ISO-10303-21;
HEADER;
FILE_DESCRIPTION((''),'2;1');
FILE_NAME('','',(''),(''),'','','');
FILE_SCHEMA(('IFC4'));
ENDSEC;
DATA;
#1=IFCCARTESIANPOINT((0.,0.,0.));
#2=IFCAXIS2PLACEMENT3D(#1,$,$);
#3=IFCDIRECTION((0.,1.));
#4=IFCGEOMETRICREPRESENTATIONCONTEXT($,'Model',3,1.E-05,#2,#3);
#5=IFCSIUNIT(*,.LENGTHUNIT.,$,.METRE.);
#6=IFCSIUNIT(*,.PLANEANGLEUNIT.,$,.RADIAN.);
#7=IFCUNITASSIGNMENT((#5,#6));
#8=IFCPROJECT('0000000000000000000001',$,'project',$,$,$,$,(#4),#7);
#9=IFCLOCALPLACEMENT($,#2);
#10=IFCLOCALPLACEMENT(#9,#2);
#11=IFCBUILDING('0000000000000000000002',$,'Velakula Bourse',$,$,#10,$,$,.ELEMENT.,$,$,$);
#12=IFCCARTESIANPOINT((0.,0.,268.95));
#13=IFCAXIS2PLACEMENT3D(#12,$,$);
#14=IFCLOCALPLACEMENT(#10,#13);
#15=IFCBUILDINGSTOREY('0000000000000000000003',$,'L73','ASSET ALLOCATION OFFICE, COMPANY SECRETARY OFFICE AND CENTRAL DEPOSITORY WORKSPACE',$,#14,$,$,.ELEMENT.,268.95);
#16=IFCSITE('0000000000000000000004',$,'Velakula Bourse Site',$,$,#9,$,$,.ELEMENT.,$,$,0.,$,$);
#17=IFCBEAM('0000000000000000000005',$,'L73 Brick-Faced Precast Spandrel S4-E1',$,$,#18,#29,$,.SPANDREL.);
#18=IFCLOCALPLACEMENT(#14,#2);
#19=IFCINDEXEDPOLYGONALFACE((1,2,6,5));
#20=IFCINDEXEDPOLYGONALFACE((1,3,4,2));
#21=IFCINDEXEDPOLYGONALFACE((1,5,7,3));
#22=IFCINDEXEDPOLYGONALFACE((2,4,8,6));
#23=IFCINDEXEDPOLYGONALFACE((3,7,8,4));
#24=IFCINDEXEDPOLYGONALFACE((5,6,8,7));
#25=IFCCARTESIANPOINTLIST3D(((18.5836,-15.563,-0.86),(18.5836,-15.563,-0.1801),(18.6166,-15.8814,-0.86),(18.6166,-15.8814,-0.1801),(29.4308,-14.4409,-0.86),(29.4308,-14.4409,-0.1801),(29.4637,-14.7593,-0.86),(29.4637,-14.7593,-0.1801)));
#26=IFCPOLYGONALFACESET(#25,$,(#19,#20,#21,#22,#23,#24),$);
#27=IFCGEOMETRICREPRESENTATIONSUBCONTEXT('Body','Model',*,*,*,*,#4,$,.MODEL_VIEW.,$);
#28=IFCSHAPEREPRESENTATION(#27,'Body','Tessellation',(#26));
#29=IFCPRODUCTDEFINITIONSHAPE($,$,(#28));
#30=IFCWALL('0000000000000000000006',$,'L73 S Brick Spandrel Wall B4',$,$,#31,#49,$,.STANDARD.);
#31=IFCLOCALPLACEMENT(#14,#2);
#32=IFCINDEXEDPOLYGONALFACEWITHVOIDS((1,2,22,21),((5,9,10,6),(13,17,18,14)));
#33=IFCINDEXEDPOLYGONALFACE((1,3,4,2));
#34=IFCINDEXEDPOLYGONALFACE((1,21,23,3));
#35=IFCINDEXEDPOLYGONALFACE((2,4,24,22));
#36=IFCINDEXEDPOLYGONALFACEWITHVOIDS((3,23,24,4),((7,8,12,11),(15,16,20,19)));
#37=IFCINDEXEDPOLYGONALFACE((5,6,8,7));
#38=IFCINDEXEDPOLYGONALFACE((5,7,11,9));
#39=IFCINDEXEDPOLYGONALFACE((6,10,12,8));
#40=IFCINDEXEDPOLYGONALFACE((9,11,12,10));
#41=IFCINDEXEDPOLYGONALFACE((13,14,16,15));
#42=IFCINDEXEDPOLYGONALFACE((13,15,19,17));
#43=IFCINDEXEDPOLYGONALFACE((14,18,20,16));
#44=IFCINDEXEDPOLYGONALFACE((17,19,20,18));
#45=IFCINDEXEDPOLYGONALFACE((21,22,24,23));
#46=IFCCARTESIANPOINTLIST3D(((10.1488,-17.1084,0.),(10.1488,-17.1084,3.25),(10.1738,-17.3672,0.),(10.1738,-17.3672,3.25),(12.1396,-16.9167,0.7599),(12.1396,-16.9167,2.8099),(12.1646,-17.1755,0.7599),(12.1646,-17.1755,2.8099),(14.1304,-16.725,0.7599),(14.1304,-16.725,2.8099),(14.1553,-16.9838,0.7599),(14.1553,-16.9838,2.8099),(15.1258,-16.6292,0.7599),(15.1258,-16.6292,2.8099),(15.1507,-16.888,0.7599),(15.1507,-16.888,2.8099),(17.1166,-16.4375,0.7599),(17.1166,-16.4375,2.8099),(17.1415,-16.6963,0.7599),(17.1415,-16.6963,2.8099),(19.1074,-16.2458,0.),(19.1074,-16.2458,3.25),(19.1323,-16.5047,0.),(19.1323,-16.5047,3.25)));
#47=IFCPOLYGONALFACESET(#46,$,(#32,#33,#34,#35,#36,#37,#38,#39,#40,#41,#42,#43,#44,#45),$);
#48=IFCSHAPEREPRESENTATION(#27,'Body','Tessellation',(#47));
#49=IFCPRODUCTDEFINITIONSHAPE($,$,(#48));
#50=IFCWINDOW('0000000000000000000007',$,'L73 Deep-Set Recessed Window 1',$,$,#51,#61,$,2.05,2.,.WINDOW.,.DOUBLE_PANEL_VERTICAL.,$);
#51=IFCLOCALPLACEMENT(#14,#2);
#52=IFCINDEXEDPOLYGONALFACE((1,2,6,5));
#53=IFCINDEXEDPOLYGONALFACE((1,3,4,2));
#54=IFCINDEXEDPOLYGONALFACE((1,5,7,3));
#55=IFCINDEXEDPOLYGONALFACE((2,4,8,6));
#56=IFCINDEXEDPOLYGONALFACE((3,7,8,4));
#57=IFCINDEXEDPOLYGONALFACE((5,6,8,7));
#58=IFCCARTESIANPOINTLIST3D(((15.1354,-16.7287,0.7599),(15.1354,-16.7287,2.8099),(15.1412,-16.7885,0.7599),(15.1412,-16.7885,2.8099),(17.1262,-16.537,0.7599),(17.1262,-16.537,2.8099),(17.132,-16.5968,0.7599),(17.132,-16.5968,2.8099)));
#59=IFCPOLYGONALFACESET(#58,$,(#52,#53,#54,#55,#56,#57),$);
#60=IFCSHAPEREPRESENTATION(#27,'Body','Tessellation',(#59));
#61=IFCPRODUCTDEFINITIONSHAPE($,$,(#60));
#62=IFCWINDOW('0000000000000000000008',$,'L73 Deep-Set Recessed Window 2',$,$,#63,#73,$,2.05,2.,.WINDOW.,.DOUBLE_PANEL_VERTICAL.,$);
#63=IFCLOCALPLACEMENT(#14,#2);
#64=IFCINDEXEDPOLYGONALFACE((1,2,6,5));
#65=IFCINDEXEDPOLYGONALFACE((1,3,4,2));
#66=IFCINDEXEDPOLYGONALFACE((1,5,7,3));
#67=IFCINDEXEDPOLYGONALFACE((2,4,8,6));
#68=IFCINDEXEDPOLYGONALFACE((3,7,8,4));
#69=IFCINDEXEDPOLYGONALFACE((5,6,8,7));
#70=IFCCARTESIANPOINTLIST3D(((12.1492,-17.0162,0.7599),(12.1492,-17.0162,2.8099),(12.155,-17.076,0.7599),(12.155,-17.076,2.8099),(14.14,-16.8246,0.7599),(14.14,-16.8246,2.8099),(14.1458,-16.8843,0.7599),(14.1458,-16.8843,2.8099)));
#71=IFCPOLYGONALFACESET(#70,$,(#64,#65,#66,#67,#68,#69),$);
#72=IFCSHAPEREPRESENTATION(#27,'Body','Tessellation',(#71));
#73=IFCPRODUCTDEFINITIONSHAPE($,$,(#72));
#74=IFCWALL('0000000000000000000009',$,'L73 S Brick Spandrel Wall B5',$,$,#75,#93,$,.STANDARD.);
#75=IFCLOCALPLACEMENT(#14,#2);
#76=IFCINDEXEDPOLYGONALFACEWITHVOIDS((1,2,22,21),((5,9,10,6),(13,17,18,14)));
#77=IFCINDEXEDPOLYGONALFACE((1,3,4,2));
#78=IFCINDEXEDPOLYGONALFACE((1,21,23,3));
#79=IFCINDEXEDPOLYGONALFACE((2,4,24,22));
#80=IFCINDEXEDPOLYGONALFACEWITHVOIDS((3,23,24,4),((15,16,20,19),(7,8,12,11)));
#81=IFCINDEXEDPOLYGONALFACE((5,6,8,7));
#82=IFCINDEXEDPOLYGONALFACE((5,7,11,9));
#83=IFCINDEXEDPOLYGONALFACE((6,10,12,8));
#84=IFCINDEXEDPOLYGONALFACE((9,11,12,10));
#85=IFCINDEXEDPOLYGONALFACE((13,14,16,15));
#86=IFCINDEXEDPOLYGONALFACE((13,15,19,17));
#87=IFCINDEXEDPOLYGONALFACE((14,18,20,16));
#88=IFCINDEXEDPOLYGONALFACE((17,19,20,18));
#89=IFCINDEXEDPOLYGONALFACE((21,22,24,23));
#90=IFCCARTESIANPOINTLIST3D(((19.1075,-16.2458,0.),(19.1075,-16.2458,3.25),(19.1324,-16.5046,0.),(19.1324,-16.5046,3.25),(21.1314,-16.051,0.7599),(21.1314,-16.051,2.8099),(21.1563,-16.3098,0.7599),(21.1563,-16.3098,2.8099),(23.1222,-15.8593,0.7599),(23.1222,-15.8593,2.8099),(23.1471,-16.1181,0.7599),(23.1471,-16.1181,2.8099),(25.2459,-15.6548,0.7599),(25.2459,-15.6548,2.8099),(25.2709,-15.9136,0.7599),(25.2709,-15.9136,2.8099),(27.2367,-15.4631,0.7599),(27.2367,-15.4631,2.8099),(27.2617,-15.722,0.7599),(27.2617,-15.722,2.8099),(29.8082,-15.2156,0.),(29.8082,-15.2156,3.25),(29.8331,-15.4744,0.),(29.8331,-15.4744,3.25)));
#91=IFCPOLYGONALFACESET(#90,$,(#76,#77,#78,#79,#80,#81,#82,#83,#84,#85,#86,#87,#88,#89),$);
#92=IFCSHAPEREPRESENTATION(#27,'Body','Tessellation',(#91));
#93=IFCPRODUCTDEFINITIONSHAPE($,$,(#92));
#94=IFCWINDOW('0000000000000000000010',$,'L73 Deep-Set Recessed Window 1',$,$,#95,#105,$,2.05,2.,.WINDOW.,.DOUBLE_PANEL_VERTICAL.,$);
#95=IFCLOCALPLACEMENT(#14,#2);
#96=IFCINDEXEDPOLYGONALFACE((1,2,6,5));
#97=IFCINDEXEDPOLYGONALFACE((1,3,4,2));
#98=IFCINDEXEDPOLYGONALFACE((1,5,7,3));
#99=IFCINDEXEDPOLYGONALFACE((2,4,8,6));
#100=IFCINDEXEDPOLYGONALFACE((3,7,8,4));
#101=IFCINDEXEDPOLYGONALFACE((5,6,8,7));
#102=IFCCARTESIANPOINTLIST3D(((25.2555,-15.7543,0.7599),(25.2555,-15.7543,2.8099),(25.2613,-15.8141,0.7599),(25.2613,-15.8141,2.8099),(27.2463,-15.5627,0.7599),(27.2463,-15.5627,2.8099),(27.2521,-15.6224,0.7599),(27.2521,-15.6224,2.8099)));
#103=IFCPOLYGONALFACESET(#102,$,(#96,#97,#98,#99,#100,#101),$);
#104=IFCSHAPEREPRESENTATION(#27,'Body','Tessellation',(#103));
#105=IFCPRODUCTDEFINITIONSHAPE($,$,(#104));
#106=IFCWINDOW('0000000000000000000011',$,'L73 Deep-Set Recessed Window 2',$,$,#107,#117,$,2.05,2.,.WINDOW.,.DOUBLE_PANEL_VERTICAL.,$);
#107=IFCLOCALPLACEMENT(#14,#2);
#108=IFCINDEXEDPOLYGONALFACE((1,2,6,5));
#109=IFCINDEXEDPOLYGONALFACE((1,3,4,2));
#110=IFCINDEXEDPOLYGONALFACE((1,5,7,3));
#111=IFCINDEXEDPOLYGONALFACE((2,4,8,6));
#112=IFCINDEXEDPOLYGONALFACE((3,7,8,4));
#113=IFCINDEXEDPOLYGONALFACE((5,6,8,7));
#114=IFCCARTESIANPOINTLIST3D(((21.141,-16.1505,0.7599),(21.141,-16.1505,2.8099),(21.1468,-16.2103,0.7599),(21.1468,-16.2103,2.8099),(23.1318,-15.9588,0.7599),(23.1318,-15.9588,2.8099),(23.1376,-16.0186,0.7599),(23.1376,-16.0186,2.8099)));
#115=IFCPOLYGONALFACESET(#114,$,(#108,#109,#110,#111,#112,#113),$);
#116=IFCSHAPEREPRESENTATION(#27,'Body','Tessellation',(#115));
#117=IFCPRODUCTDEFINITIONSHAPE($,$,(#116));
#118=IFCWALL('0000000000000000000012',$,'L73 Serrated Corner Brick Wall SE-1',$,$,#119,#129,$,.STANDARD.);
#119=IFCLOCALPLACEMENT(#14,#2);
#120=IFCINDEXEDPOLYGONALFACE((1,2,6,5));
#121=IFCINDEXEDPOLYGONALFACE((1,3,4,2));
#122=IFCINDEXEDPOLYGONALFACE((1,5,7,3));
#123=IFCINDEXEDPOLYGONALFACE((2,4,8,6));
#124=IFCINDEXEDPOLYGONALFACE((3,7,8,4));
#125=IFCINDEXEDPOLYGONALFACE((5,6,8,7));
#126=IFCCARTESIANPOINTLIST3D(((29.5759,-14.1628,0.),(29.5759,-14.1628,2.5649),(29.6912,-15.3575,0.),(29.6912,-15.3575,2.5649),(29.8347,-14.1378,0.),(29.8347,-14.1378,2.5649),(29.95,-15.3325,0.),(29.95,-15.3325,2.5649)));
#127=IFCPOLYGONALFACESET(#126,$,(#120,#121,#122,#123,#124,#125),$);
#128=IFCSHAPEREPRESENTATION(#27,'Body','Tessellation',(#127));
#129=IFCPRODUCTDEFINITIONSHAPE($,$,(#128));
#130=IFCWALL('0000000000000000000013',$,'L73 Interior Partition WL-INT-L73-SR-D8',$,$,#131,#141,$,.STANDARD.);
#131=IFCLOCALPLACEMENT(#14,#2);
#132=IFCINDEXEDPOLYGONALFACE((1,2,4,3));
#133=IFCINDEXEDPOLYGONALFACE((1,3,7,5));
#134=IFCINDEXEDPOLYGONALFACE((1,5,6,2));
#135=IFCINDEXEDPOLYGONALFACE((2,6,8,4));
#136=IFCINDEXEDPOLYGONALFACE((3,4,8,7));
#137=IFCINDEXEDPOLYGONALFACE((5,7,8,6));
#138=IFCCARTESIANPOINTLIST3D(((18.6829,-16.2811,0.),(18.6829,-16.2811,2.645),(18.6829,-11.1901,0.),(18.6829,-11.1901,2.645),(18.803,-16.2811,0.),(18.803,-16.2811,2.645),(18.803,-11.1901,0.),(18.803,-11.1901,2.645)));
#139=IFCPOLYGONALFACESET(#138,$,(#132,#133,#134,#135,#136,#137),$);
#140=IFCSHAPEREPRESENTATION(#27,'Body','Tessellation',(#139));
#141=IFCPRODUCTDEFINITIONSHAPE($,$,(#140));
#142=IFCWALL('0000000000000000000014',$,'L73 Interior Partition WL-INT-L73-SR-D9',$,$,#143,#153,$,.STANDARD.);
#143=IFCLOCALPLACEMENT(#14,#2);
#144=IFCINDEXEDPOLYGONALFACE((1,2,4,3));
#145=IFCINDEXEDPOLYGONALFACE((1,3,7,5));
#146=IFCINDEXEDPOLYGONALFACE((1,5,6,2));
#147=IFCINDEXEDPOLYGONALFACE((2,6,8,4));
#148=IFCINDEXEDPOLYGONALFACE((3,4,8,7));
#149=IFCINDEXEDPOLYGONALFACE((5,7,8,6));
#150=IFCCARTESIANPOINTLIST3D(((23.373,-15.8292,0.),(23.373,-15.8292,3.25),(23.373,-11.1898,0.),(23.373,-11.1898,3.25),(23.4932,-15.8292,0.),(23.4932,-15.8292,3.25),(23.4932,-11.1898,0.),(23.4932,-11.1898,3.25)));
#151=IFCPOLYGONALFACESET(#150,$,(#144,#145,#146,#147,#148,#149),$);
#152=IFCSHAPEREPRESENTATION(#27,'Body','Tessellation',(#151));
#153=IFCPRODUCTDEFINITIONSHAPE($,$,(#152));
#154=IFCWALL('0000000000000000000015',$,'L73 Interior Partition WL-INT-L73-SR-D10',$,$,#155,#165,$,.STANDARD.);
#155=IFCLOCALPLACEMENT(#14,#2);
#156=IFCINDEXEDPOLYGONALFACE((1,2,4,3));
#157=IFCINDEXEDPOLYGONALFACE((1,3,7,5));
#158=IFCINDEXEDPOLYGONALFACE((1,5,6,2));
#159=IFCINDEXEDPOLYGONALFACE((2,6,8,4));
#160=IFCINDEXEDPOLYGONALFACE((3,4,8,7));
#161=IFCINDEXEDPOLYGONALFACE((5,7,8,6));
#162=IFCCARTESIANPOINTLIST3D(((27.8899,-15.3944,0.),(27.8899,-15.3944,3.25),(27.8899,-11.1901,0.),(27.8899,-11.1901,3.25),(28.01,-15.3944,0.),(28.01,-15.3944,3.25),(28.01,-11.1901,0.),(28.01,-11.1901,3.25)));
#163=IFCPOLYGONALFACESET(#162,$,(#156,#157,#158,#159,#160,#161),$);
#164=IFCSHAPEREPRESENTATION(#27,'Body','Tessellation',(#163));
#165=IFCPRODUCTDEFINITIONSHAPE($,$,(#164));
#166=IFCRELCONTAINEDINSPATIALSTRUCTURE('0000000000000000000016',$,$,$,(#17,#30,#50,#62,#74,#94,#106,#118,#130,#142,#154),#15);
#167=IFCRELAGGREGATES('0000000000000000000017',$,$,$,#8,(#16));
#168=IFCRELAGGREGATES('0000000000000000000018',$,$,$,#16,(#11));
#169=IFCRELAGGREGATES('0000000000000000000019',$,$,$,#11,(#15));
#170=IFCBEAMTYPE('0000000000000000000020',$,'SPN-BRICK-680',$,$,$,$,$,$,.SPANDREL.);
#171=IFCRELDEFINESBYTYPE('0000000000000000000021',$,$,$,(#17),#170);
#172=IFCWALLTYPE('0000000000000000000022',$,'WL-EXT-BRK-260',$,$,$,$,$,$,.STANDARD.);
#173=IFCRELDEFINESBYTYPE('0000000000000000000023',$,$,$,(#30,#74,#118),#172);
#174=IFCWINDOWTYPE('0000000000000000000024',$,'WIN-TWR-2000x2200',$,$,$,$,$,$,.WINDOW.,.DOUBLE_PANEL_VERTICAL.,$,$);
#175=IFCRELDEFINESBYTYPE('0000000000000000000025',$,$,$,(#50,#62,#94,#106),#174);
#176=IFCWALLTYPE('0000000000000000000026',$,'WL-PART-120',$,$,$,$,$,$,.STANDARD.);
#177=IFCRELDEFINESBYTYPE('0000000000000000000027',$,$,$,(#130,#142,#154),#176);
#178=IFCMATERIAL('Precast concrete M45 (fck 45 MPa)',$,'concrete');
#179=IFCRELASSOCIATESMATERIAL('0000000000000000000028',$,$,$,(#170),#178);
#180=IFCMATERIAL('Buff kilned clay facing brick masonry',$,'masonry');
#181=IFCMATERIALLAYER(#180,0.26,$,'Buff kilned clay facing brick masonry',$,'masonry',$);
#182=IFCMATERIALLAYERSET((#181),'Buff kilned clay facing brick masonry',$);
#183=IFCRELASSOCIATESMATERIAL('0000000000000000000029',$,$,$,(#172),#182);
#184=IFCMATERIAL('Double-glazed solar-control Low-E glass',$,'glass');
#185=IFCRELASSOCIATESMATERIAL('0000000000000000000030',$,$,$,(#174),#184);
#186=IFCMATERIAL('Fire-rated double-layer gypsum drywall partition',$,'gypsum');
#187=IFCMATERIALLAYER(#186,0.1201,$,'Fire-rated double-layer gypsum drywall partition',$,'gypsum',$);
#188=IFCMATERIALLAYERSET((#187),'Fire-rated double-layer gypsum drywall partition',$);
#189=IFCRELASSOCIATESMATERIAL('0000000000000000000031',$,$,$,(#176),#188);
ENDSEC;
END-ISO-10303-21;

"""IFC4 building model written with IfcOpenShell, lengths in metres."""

from ifc_helpers import new_model, si_unit, direction, frame, frame_2d, origin, origin_2d, place, context, subcontext, project, spatial, rectangle, extrude, material, layer, layer_set, material_profile, profile_set, type_object, element, fill, save


model = new_model("IFC4")

# Units and contexts
model_context = context("Model", 3, precision=1e-05, world=origin(), true_north=direction((0.0, 1.0)))
body_context = subcontext(model_context, "Body", "Model", "MODEL_VIEW")
ifc_project = project(units=[si_unit("LENGTHUNIT", "METRE"), si_unit("PLANEANGLEUNIT", "RADIAN")], contexts=[model_context])

# Site, building, storey
site_placement = place(None, origin())
site = spatial("IfcSite", under=ifc_project, at=site_placement, Name="Velakula Bourse Site", CompositionType="ELEMENT", RefElevation=0.0)
building_placement = place(site_placement, origin())
building = spatial("IfcBuilding", under=site, at=building_placement, Name="Velakula Bourse", CompositionType="ELEMENT")
storey_placement = place(building_placement, frame((0.0, 0.0, 268.95)))
storey = spatial("IfcBuildingStorey", under=building, at=storey_placement, Name="L73", Description="ASSET ALLOCATION OFFICE, COMPANY SECRETARY OFFICE AND CENTRAL DEPOSITORY WORKSPACE", CompositionType="ELEMENT", Elevation=268.95)

# Beam
ifc_material_1 = material(Name="Precast concrete M45 (fck 45 MPa)", Category="concrete")
ifc_material_profile_1 = material_profile(ifc_material_1, rectangle(XDim=0.3201, YDim=0.6799, at=origin_2d()), Name="Precast concrete M45 (fck 45 MPa)")
ifc_profile_set_1 = profile_set([ifc_material_profile_1], Name="Precast concrete M45 (fck 45 MPa)")
beam_type_1 = type_object("IfcBeamType", Name="SPN-BRICK-680", PredefinedType="SPANDREL", material=ifc_profile_set_1)
beam_1_placement = place(storey_placement, frame((18.6001, -15.7222, -0.52), z_axis=(0.994692, 0.102895, 0.0), x_axis=(-0.102895, 0.994692, 0.0)))
element("IfcBeam", 1, at=beam_1_placement, inside=storey, type_object=beam_type_1, Name="L73 Brick-Faced Precast Spandrel S4-E1", PredefinedType="SPANDREL", context=body_context, shape_type="SweptSolid", body=[
    extrude(rectangle(XDim=0.3201, YDim=0.6799, at=origin_2d()), origin(), (0.0, 0.0, 1.0), 10.905),
])

# Walls, openings, windows
ifc_material_2 = material(Name="Buff kilned clay facing brick masonry", Category="masonry")
ifc_layer_1 = layer(ifc_material_2, 0.26, Name="Buff kilned clay facing brick masonry", Category="masonry")
ifc_layer_set_1 = layer_set([ifc_layer_1], Name="Buff kilned clay facing brick masonry")
wall_type_1 = type_object("IfcWallType", Name="WL-EXT-BRK-260", PredefinedType="STANDARD", material=ifc_layer_set_1)
wall_1_placement = place(storey_placement, frame((19.1199, -16.3752, 0.0), z_axis=(0.0, 0.0, 1.0), x_axis=(-0.995397, -0.09584, 0.0)))
wall_1 = element("IfcWall", 2, at=wall_1_placement, inside=storey, type_object=wall_type_1, Name="L73 S Brick Spandrel Wall B4", PredefinedType="STANDARD", context=body_context, shape_type="SweptSolid", body=[
    extrude(rectangle(XDim=9.0, YDim=0.26, at=frame_2d((4.5, 0.0))), origin(), (0.0, 0.0, 1.0), 3.25),
])
opening_1_placement = place(wall_1_placement, frame((2.0, 0.0, 0.76)))
opening_1 = element("IfcOpeningElement", 3, at=opening_1_placement, cuts=wall_1, PredefinedType="OPENING", context=body_context, shape_type="SweptSolid", body=[
    extrude(rectangle(XDim=2.0, YDim=2.05, at=frame_2d((1.0, 1.0249))), frame((0.0, 0.1399, 0.0), z_axis=(0.0, -1.0, 0.0), x_axis=(1.0, 0.0, 0.0)), (0.0, 0.0, 1.0), 0.28),
])
opening_2_placement = place(wall_1_placement, frame((5.0, 0.0, 0.76)))
opening_2 = element("IfcOpeningElement", 4, at=opening_2_placement, cuts=wall_1, PredefinedType="OPENING", context=body_context, shape_type="SweptSolid", body=[
    extrude(rectangle(XDim=2.0, YDim=2.05, at=frame_2d((1.0, 1.0249))), frame((0.0, 0.1399, 0.0), z_axis=(0.0, -1.0, 0.0), x_axis=(1.0, 0.0, 0.0)), (0.0, 0.0, 1.0), 0.28),
])
ifc_material_3 = material(Name="Double-glazed solar-control Low-E glass", Category="glass")
window_type = type_object("IfcWindowType", Name="WIN-TWR-2000x2200", PartitioningType="DOUBLE_PANEL_VERTICAL", PredefinedType="WINDOW", material=ifc_material_3)
window_1_placement = place(opening_1_placement, origin())
window_1 = element("IfcWindow", 5, at=window_1_placement, inside=storey, type_object=window_type, Name="L73 Deep-Set Recessed Window 1", OverallHeight=2.05, OverallWidth=2.0, PartitioningType="DOUBLE_PANEL_VERTICAL", PredefinedType="WINDOW", context=body_context, shape_type="SweptSolid", body=[
    extrude(rectangle(XDim=2.0, YDim=2.05, at=frame_2d((1.0, 1.0249))), frame((0.0, 0.03, 0.0), z_axis=(0.0, -1.0, 0.0), x_axis=(1.0, 0.0, 0.0)), (0.0, 0.0, 1.0), 0.0601),
])
fill(opening_1, window_1)
window_2_placement = place(opening_2_placement, origin())
window_2 = element("IfcWindow", 6, at=window_2_placement, inside=storey, type_object=window_type, Name="L73 Deep-Set Recessed Window 2", OverallHeight=2.05, OverallWidth=2.0, PartitioningType="DOUBLE_PANEL_VERTICAL", PredefinedType="WINDOW", context=body_context, shape_type="SweptSolid", body=[
    extrude(rectangle(XDim=2.0, YDim=2.05, at=frame_2d((1.0, 1.0249))), frame((0.0, 0.03, 0.0), z_axis=(0.0, -1.0, 0.0), x_axis=(1.0, 0.0, 0.0)), (0.0, 0.0, 1.0), 0.0601),
])
fill(opening_2, window_2)
wall_2_placement = place(storey_placement, frame((29.8206, -15.345, 0.0), z_axis=(0.0, 0.0, 1.0), x_axis=(-0.995397, -0.095838, 0.0)))
wall_2 = element("IfcWall", 7, at=wall_2_placement, inside=storey, type_object=wall_type_1, Name="L73 S Brick Spandrel Wall B5", PredefinedType="STANDARD", context=body_context, shape_type="SweptSolid", body=[
    extrude(rectangle(XDim=10.7502, YDim=0.26, at=frame_2d((5.375, 0.0))), origin(), (0.0, 0.0, 1.0), 3.25),
])
opening_3_placement = place(wall_2_placement, frame((2.5833, 0.0, 0.76)))
opening_3 = element("IfcOpeningElement", 8, at=opening_3_placement, cuts=wall_2, PredefinedType="OPENING", context=body_context, shape_type="SweptSolid", body=[
    extrude(rectangle(XDim=2.0, YDim=2.05, at=frame_2d((1.0, 1.0249))), frame((0.0, 0.1399, 0.0), z_axis=(0.0, -1.0, 0.0), x_axis=(1.0, 0.0, 0.0)), (0.0, 0.0, 1.0), 0.28),
])
opening_4_placement = place(wall_2_placement, frame((6.7168, 0.0, 0.76)))
opening_4 = element("IfcOpeningElement", 9, at=opening_4_placement, cuts=wall_2, PredefinedType="OPENING", context=body_context, shape_type="SweptSolid", body=[
    extrude(rectangle(XDim=2.0, YDim=2.05, at=frame_2d((1.0, 1.0249))), frame((0.0, 0.1399, 0.0), z_axis=(0.0, -1.0, 0.0), x_axis=(1.0, 0.0, 0.0)), (0.0, 0.0, 1.0), 0.28),
])
window_3_placement = place(opening_3_placement, origin())
window_3 = element("IfcWindow", 10, at=window_3_placement, inside=storey, type_object=window_type, Name="L73 Deep-Set Recessed Window 1", OverallHeight=2.05, OverallWidth=2.0, PartitioningType="DOUBLE_PANEL_VERTICAL", PredefinedType="WINDOW", context=body_context, shape_type="SweptSolid", body=[
    extrude(rectangle(XDim=2.0, YDim=2.05, at=frame_2d((1.0, 1.0249))), frame((0.0, 0.03, 0.0), z_axis=(0.0, -1.0, 0.0), x_axis=(1.0, 0.0, 0.0)), (0.0, 0.0, 1.0), 0.0601),
])
fill(opening_3, window_3)
window_4_placement = place(opening_4_placement, origin())
window_4 = element("IfcWindow", 11, at=window_4_placement, inside=storey, type_object=window_type, Name="L73 Deep-Set Recessed Window 2", OverallHeight=2.05, OverallWidth=2.0, PartitioningType="DOUBLE_PANEL_VERTICAL", PredefinedType="WINDOW", context=body_context, shape_type="SweptSolid", body=[
    extrude(rectangle(XDim=2.0, YDim=2.05, at=frame_2d((1.0, 1.0249))), frame((0.0, 0.03, 0.0), z_axis=(0.0, -1.0, 0.0), x_axis=(1.0, 0.0, 0.0)), (0.0, 0.0, 1.0), 0.0601),
])
fill(opening_4, window_4)

# Walls
wall_3_placement = place(storey_placement, frame((29.8206, -15.345, 0.0), z_axis=(0.0, 0.0, 1.0), x_axis=(-0.096019, 0.99538, 0.0)))
element("IfcWall", 12, at=wall_3_placement, inside=storey, type_object=wall_type_1, Name="L73 Serrated Corner Brick Wall SE-1", PredefinedType="STANDARD", context=body_context, shape_type="SweptSolid", body=[
    extrude(rectangle(XDim=1.2002, YDim=0.26, at=frame_2d((0.6001, 0.0))), origin(), (0.0, 0.0, 1.0), 2.5649),
])
ifc_material_4 = material(Name="Fire-rated double-layer gypsum drywall partition", Category="gypsum")
ifc_layer_2 = layer(ifc_material_4, 0.1201, Name="Fire-rated double-layer gypsum drywall partition", Category="gypsum")
ifc_layer_set_2 = layer_set([ifc_layer_2], Name="Fire-rated double-layer gypsum drywall partition")
wall_type_2 = type_object("IfcWallType", Name="WL-PART-120", PredefinedType="STANDARD", material=ifc_layer_set_2)
wall_4_placement = place(storey_placement, frame((18.7429, -16.281, 0.0), z_axis=(0.0, 0.0, 1.0), x_axis=(0.0, 1.0, 0.0)))
element("IfcWall", 13, at=wall_4_placement, inside=storey, type_object=wall_type_2, Name="L73 Interior Partition WL-INT-L73-SR-D8", PredefinedType="STANDARD", context=body_context, shape_type="SweptSolid", body=[
    extrude(rectangle(XDim=5.0911, YDim=0.1201, at=frame_2d((2.5454, 0.0))), origin(), (0.0, 0.0, 1.0), 2.645),
])
wall_5_placement = place(storey_placement, frame((23.4331, -15.8293, 0.0), z_axis=(0.0, 0.0, 1.0), x_axis=(0.0, 1.0, 0.0)))
element("IfcWall", 14, at=wall_5_placement, inside=storey, type_object=wall_type_2, Name="L73 Interior Partition WL-INT-L73-SR-D9", PredefinedType="STANDARD", context=body_context, shape_type="SweptSolid", body=[
    extrude(rectangle(XDim=4.6394, YDim=0.1201, at=frame_2d((2.3198, 0.0))), origin(), (0.0, 0.0, 1.0), 3.25),
])
wall_6_placement = place(storey_placement, frame((27.95, -15.3943, 0.0), z_axis=(0.0, 0.0, 1.0), x_axis=(0.0, 1.0, 0.0)))
element("IfcWall", 15, at=wall_6_placement, inside=storey, type_object=wall_type_2, Name="L73 Interior Partition WL-INT-L73-SR-D10", PredefinedType="STANDARD", context=body_context, shape_type="SweptSolid", body=[
    extrude(rectangle(XDim=4.2043, YDim=0.1201, at=frame_2d((2.1021, 0.0))), origin(), (0.0, 0.0, 1.0), 3.25),
])

save(model, "model.ifc")
